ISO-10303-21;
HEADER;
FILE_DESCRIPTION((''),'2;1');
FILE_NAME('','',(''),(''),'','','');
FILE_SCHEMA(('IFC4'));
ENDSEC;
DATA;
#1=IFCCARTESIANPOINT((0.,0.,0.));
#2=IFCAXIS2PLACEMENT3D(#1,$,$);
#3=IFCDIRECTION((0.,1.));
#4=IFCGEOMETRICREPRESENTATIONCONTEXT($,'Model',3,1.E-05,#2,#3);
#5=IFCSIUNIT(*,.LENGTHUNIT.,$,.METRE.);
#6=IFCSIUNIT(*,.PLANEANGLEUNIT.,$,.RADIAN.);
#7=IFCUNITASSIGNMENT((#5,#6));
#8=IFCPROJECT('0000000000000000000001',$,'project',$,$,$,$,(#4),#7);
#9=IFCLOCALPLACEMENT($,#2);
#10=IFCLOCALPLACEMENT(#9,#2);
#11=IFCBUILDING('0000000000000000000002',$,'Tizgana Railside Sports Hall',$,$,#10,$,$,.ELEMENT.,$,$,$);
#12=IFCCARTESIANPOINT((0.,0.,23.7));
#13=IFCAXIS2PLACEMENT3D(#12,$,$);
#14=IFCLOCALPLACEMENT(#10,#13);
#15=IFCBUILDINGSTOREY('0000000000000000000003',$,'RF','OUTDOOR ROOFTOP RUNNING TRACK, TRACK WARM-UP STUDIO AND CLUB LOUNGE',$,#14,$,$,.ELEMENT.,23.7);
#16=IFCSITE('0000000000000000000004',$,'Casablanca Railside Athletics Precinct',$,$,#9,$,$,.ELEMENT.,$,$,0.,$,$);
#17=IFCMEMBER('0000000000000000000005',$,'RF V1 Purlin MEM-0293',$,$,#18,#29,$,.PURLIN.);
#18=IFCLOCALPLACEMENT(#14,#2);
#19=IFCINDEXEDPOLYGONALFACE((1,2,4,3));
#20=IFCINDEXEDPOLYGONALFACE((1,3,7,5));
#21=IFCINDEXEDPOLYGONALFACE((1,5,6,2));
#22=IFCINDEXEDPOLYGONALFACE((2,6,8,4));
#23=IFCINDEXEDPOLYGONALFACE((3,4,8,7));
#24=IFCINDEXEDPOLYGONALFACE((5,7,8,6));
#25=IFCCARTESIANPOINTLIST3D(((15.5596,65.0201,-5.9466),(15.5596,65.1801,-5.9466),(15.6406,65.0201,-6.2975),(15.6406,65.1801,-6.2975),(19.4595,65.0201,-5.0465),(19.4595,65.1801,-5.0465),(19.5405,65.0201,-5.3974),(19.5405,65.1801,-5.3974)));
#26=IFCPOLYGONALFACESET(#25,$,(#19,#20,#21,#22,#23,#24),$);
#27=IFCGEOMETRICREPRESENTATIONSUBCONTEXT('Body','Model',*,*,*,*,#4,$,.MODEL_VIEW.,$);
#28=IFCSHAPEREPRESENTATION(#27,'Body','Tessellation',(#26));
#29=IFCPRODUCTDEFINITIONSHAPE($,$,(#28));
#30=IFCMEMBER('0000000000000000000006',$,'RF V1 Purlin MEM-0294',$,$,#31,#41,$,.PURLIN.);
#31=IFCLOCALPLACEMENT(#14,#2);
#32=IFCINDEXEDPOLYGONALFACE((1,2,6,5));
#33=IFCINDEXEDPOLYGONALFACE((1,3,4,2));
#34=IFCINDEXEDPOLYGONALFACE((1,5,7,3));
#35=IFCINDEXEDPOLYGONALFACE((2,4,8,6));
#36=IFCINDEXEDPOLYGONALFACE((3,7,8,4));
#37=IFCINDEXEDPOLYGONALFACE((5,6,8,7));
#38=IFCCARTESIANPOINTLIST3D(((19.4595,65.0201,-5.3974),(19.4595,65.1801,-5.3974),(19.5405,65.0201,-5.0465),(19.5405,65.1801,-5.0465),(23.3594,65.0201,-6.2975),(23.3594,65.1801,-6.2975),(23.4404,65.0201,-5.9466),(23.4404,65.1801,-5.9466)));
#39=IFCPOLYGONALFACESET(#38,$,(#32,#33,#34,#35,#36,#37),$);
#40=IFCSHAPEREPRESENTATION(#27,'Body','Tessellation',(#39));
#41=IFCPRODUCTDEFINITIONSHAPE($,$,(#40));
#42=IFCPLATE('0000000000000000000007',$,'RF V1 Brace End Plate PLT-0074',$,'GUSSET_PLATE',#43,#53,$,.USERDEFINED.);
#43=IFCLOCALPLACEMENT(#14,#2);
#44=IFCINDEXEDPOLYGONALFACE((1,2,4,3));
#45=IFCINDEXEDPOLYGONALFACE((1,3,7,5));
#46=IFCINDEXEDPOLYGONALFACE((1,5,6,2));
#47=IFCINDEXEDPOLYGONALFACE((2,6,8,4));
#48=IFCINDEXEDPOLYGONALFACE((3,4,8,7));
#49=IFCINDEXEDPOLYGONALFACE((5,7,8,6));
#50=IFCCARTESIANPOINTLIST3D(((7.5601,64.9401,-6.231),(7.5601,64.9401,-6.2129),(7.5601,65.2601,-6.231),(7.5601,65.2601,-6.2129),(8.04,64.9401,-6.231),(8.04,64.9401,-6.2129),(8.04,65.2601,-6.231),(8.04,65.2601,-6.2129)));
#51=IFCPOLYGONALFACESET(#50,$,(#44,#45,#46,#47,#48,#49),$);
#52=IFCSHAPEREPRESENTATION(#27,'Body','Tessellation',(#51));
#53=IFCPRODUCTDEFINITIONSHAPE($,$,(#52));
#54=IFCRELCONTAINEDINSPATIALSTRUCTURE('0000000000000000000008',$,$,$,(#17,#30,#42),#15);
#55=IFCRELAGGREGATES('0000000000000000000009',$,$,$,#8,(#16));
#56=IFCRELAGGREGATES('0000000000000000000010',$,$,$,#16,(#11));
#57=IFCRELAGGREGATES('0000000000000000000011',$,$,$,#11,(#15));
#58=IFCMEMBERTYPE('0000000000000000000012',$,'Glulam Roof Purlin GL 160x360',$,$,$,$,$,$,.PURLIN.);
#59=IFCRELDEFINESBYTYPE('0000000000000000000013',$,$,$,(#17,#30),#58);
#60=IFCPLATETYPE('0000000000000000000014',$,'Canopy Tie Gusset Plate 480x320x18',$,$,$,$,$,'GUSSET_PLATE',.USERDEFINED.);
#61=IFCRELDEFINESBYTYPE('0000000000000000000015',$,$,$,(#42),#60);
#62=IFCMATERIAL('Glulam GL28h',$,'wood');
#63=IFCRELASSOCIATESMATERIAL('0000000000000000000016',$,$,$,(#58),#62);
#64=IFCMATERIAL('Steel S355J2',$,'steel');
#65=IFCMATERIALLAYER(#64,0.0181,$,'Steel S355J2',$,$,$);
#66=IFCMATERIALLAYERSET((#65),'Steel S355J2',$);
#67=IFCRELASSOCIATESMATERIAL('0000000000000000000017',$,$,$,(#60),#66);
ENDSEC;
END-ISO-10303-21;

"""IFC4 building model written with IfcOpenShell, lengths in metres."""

from ifc_helpers import new_model, si_unit, direction, frame, origin, origin_2d, place, context, subcontext, project, spatial, rectangle, extrude, material, layer, layer_set, material_profile, profile_set, type_object, element, save


model = new_model("IFC4")

# Units and contexts
model_context = context("Model", 3, precision=1e-05, world=origin(), true_north=direction((0.0, 1.0)))
body_context = subcontext(model_context, "Body", "Model", "MODEL_VIEW")
ifc_project = project(units=[si_unit("LENGTHUNIT", "METRE"), si_unit("PLANEANGLEUNIT", "RADIAN")], contexts=[model_context])

# Site, building, storey
site_placement = place(None, origin())
site = spatial("IfcSite", under=ifc_project, at=site_placement, Name="Casablanca Railside Athletics Precinct", CompositionType="ELEMENT", RefElevation=0.0)
building_placement = place(site_placement, origin())
building = spatial("IfcBuilding", under=site, at=building_placement, Name="Tizgana Railside Sports Hall", CompositionType="ELEMENT")
storey_placement = place(building_placement, frame((0.0, 0.0, 23.7)))
storey = spatial("IfcBuildingStorey", under=building, at=storey_placement, Name="RF", Description="OUTDOOR ROOFTOP RUNNING TRACK, TRACK WARM-UP STUDIO AND CLUB LOUNGE", CompositionType="ELEMENT", Elevation=23.7)

# Members
ifc_material_1 = material(Name="Glulam GL28h", Category="wood")
ifc_material_profile_1 = material_profile(ifc_material_1, rectangle(XDim=0.1599, YDim=0.3601, at=origin_2d()), Name="GL 160x360")
ifc_profile_set_1 = profile_set([ifc_material_profile_1], Name="Glulam GL28h")
member_type_1 = type_object("IfcMemberType", Name="Glulam Roof Purlin GL 160x360", PredefinedType="PURLIN", material=ifc_profile_set_1)
for number, where, z_axis, x_axis, name in (
    (1, (15.6001, 65.1001, -6.1221), (0.974382, 0.0, 0.2249), (0.0, 1.0, 0.0), "RF V1 Purlin MEM-0293"),
    (2, (19.5, 65.1001, -5.2219), (0.974382, 0.0, -0.2249), (0.0, 1.0, 0.0), "RF V1 Purlin MEM-0294"),
):
    element("IfcMember", number, at=place(storey_placement, frame(where, z_axis=z_axis, x_axis=x_axis)), inside=storey, type_object=member_type_1, Name=name, PredefinedType="PURLIN", context=body_context, shape_type="SweptSolid", body=[
        extrude(rectangle(XDim=0.1599, YDim=0.3601, at=origin_2d()), origin(), (0.0, 0.0, 1.0), 4.0024),
    ])

# Plate
ifc_material_2 = material(Name="Steel S355J2", Category="steel")
ifc_layer = layer(ifc_material_2, 0.0181, Name="Steel S355J2")
ifc_layer_set = layer_set([ifc_layer], Name="Steel S355J2")
plate_type = type_object("IfcPlateType", Name="Canopy Tie Gusset Plate 480x320x18", ElementType="GUSSET_PLATE", PredefinedType="USERDEFINED", material=ifc_layer_set)
plate_placement = place(storey_placement, frame((7.8, 65.1001, -6.231), z_axis=(0.0, 0.0, 1.0), x_axis=(1.0, 0.0, 0.0)))
element("IfcPlate", 3, at=plate_placement, inside=storey, type_object=plate_type, Name="RF V1 Brace End Plate PLT-0074", ObjectType="GUSSET_PLATE", PredefinedType="USERDEFINED", context=body_context, shape_type="SweptSolid", body=[
    extrude(rectangle(XDim=0.48, YDim=0.3201, at=origin_2d()), origin(), (0.0, 0.0, 1.0), 0.0181),
])

save(model, "model.ifc")
